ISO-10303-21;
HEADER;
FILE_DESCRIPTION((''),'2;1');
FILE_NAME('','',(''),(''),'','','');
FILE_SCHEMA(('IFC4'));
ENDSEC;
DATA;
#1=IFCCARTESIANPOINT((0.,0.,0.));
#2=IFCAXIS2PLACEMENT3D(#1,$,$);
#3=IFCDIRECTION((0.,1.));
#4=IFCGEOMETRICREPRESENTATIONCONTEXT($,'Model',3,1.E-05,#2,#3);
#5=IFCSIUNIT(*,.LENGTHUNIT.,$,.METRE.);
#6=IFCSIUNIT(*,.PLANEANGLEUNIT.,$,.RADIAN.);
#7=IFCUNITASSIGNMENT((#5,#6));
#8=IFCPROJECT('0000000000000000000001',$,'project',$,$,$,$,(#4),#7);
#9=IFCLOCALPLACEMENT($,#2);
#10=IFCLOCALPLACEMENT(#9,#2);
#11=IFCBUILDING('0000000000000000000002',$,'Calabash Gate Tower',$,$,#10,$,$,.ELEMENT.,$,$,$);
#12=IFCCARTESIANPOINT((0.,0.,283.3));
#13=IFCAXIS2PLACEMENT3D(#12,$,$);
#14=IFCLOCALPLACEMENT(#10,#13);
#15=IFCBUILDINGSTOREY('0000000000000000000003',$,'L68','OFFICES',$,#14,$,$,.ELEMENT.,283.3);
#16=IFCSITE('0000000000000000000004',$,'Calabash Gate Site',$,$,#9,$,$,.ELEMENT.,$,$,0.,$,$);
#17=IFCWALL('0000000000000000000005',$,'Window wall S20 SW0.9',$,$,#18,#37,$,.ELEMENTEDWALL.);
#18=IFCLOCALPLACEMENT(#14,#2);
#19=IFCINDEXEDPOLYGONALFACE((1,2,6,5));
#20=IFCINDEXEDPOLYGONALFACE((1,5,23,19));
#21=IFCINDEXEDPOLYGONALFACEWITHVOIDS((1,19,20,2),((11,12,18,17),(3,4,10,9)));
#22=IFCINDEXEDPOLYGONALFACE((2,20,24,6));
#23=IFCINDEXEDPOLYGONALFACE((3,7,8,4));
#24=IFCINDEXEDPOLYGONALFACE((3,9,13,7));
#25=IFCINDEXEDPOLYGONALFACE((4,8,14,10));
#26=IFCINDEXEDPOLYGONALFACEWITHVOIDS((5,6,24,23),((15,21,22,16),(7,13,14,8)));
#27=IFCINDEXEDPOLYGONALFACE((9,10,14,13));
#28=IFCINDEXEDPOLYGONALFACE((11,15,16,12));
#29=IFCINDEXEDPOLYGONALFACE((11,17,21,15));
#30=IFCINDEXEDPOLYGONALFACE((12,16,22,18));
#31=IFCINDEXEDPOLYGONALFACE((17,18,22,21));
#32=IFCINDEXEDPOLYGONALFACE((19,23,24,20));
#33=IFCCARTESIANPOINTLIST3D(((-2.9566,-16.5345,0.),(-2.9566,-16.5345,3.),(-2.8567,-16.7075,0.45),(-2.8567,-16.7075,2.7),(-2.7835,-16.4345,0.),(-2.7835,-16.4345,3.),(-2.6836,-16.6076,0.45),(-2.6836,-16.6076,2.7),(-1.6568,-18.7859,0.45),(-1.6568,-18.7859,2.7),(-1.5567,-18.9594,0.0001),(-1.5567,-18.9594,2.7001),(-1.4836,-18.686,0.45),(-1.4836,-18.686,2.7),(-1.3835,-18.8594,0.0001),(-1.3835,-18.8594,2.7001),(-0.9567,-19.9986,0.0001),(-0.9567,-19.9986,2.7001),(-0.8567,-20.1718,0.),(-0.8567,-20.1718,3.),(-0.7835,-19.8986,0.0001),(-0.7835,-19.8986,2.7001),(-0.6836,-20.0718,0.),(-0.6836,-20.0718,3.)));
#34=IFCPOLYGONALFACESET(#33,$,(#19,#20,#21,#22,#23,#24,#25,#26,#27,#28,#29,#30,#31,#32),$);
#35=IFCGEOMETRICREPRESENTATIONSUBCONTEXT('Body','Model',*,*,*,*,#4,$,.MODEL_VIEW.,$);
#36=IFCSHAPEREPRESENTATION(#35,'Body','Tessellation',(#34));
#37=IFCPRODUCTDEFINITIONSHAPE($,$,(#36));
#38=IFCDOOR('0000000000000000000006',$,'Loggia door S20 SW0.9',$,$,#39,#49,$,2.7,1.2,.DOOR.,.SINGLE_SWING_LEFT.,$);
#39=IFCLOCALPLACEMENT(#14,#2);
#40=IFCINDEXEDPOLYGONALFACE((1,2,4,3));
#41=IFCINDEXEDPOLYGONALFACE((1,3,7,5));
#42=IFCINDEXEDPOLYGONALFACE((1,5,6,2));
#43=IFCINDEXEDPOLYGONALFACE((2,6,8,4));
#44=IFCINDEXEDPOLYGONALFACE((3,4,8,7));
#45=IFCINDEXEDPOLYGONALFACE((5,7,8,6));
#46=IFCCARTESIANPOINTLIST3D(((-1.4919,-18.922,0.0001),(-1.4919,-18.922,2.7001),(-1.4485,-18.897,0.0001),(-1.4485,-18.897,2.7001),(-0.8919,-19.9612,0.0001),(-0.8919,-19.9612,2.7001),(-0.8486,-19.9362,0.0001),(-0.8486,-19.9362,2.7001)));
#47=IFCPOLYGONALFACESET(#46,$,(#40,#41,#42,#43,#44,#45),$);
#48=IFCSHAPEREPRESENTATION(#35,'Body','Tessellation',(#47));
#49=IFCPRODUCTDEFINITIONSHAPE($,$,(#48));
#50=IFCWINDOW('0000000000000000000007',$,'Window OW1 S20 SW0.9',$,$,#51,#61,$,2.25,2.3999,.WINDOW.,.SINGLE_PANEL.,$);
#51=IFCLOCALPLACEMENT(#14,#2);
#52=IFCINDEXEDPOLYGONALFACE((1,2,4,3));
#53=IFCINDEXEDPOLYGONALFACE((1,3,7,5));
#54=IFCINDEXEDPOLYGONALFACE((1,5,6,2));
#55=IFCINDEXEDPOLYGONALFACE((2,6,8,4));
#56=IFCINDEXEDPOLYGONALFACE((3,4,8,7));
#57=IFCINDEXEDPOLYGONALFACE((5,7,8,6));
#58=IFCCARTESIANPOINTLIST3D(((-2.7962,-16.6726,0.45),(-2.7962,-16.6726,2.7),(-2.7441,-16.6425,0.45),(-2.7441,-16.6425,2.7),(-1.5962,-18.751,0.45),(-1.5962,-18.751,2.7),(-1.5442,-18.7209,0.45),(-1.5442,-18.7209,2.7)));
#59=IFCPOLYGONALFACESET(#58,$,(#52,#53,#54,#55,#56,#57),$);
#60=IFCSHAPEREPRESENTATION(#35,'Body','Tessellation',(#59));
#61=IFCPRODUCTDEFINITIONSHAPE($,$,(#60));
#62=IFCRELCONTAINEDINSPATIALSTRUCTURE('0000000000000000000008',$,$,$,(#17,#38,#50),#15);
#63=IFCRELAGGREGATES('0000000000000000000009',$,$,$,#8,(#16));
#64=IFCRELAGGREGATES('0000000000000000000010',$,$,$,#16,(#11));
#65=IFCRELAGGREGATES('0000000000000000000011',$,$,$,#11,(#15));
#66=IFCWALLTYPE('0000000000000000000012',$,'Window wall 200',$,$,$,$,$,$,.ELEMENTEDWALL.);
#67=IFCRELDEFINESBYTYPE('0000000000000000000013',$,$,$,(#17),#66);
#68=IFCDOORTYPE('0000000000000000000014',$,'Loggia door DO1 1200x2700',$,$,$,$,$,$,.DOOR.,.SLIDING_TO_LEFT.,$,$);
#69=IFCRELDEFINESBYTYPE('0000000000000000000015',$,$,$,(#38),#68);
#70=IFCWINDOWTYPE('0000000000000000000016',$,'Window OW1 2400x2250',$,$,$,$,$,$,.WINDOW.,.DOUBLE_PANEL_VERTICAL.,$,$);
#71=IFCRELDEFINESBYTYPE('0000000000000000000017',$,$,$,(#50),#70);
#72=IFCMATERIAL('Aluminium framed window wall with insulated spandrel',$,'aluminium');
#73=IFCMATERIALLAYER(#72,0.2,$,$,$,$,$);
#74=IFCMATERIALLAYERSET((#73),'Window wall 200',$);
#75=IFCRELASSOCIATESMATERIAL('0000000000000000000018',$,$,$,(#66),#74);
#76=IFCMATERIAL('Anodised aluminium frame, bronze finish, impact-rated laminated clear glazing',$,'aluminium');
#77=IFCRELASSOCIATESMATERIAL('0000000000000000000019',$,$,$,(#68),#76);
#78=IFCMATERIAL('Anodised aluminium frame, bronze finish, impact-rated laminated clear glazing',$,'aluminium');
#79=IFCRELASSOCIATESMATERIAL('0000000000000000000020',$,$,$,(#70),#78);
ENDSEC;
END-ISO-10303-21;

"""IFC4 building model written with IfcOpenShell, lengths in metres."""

from ifc_helpers import new_model, si_unit, direction, frame, frame_2d, origin, place, context, subcontext, project, spatial, rectangle, extrude, material, layer, layer_set, type_object, element, fill, save


model = new_model("IFC4")

# Units and contexts
model_context = context("Model", 3, precision=1e-05, world=origin(), true_north=direction((0.0, 1.0)))
body_context = subcontext(model_context, "Body", "Model", "MODEL_VIEW")
ifc_project = project(units=[si_unit("LENGTHUNIT", "METRE"), si_unit("PLANEANGLEUNIT", "RADIAN")], contexts=[model_context])

# Site, building, storey
site_placement = place(None, origin())
site = spatial("IfcSite", under=ifc_project, at=site_placement, Name="Calabash Gate Site", CompositionType="ELEMENT", RefElevation=0.0)
building_placement = place(site_placement, origin())
building = spatial("IfcBuilding", under=site, at=building_placement, Name="Calabash Gate Tower", CompositionType="ELEMENT")
storey_placement = place(building_placement, frame((0.0, 0.0, 283.3)))
storey = spatial("IfcBuildingStorey", under=building, at=storey_placement, Name="L68", Description="OFFICES", CompositionType="ELEMENT", Elevation=283.3)

# Shared definitions
ifc_material_1 = material(Name="Aluminium framed window wall with insulated spandrel", Category="aluminium")
ifc_layer_1 = layer(ifc_material_1, 0.2)
ifc_layer_set_1 = layer_set([ifc_layer_1], Name="Window wall 200")
wall_type_1 = type_object("IfcWallType", Name="Window wall 200", PredefinedType="ELEMENTEDWALL", material=ifc_layer_set_1)

# Wall, openings, door, window
wall_1_placement = place(storey_placement, frame((-2.8701, -16.4844, 0.0), z_axis=(0.0, 0.0, 1.0), x_axis=(0.499984, -0.866035, 0.0)))
wall_1 = element("IfcWall", 1, at=wall_1_placement, inside=storey, type_object=wall_type_1, Name="Window wall S20 SW0.9", PredefinedType="ELEMENTEDWALL", context=body_context, shape_type="SweptSolid", body=[
    extrude(rectangle(XDim=4.2, YDim=0.2, at=frame_2d((2.1001, 0.0))), origin(), (0.0, 0.0, 1.0), 3.0),
])
opening_1_placement = place(wall_1_placement, frame((0.2, 0.0, 0.45)))
opening_1 = element("IfcOpeningElement", 2, at=opening_1_placement, cuts=wall_1, PredefinedType="OPENING", context=body_context, shape_type="SweptSolid", body=[
    extrude(rectangle(XDim=2.3999, YDim=2.25, at=frame_2d((1.2, 1.125))), frame((0.0, 0.1099, 0.0), z_axis=(0.0, -1.0, 0.0), x_axis=(1.0, 0.0, 0.0)), (0.0, 0.0, 1.0), 0.22),
])
opening_2_placement = place(wall_1_placement, frame((2.8, 0.0, 0.0)))
opening_2 = element("IfcOpeningElement", 3, at=opening_2_placement, cuts=wall_1, PredefinedType="OPENING", context=body_context, shape_type="SweptSolid", body=[
    extrude(rectangle(XDim=1.2, YDim=2.7, at=frame_2d((0.6001, 1.3501))), frame((0.0, 0.1099, 0.0), z_axis=(0.0, -1.0, 0.0), x_axis=(1.0, 0.0, 0.0)), (0.0, 0.0, 1.0), 0.22),
])
ifc_material_2 = material(Name="Anodised aluminium frame, bronze finish, impact-rated laminated clear glazing", Category="aluminium")
door_type = type_object("IfcDoorType", Name="Loggia door DO1 1200x2700", OperationType="SLIDING_TO_LEFT", PredefinedType="DOOR", material=ifc_material_2)
door_placement = place(opening_2_placement, origin())
door = element("IfcDoor", 4, at=door_placement, inside=storey, type_object=door_type, Name="Loggia door S20 SW0.9", OperationType="SINGLE_SWING_LEFT", OverallHeight=2.7, OverallWidth=1.2, PredefinedType="DOOR", context=body_context, shape_type="SweptSolid", body=[
    extrude(rectangle(XDim=1.2, YDim=2.7, at=frame_2d((0.6001, 1.3501))), frame((0.0, 0.0249, 0.0), z_axis=(0.0, -1.0, 0.0), x_axis=(1.0, 0.0, 0.0)), (0.0, 0.0, 1.0), 0.05),
])
fill(opening_2, door)
ifc_material_3 = material(Name="Anodised aluminium frame, bronze finish, impact-rated laminated clear glazing", Category="aluminium")
window_type_1 = type_object("IfcWindowType", Name="Window OW1 2400x2250", PartitioningType="DOUBLE_PANEL_VERTICAL", PredefinedType="WINDOW", material=ifc_material_3)
window_1_placement = place(opening_1_placement, origin())
window_1 = element("IfcWindow", 5, at=window_1_placement, inside=storey, type_object=window_type_1, Name="Window OW1 S20 SW0.9", OverallHeight=2.25, OverallWidth=2.3999, PartitioningType="SINGLE_PANEL", PredefinedType="WINDOW", context=body_context, shape_type="SweptSolid", body=[
    extrude(rectangle(XDim=2.3999, YDim=2.25, at=frame_2d((1.2, 1.125))), frame((0.0, 0.03, 0.0), z_axis=(0.0, -1.0, 0.0), x_axis=(1.0, 0.0, 0.0)), (0.0, 0.0, 1.0), 0.0601),
])
fill(opening_1, window_1)

save(model, "model.ifc")
